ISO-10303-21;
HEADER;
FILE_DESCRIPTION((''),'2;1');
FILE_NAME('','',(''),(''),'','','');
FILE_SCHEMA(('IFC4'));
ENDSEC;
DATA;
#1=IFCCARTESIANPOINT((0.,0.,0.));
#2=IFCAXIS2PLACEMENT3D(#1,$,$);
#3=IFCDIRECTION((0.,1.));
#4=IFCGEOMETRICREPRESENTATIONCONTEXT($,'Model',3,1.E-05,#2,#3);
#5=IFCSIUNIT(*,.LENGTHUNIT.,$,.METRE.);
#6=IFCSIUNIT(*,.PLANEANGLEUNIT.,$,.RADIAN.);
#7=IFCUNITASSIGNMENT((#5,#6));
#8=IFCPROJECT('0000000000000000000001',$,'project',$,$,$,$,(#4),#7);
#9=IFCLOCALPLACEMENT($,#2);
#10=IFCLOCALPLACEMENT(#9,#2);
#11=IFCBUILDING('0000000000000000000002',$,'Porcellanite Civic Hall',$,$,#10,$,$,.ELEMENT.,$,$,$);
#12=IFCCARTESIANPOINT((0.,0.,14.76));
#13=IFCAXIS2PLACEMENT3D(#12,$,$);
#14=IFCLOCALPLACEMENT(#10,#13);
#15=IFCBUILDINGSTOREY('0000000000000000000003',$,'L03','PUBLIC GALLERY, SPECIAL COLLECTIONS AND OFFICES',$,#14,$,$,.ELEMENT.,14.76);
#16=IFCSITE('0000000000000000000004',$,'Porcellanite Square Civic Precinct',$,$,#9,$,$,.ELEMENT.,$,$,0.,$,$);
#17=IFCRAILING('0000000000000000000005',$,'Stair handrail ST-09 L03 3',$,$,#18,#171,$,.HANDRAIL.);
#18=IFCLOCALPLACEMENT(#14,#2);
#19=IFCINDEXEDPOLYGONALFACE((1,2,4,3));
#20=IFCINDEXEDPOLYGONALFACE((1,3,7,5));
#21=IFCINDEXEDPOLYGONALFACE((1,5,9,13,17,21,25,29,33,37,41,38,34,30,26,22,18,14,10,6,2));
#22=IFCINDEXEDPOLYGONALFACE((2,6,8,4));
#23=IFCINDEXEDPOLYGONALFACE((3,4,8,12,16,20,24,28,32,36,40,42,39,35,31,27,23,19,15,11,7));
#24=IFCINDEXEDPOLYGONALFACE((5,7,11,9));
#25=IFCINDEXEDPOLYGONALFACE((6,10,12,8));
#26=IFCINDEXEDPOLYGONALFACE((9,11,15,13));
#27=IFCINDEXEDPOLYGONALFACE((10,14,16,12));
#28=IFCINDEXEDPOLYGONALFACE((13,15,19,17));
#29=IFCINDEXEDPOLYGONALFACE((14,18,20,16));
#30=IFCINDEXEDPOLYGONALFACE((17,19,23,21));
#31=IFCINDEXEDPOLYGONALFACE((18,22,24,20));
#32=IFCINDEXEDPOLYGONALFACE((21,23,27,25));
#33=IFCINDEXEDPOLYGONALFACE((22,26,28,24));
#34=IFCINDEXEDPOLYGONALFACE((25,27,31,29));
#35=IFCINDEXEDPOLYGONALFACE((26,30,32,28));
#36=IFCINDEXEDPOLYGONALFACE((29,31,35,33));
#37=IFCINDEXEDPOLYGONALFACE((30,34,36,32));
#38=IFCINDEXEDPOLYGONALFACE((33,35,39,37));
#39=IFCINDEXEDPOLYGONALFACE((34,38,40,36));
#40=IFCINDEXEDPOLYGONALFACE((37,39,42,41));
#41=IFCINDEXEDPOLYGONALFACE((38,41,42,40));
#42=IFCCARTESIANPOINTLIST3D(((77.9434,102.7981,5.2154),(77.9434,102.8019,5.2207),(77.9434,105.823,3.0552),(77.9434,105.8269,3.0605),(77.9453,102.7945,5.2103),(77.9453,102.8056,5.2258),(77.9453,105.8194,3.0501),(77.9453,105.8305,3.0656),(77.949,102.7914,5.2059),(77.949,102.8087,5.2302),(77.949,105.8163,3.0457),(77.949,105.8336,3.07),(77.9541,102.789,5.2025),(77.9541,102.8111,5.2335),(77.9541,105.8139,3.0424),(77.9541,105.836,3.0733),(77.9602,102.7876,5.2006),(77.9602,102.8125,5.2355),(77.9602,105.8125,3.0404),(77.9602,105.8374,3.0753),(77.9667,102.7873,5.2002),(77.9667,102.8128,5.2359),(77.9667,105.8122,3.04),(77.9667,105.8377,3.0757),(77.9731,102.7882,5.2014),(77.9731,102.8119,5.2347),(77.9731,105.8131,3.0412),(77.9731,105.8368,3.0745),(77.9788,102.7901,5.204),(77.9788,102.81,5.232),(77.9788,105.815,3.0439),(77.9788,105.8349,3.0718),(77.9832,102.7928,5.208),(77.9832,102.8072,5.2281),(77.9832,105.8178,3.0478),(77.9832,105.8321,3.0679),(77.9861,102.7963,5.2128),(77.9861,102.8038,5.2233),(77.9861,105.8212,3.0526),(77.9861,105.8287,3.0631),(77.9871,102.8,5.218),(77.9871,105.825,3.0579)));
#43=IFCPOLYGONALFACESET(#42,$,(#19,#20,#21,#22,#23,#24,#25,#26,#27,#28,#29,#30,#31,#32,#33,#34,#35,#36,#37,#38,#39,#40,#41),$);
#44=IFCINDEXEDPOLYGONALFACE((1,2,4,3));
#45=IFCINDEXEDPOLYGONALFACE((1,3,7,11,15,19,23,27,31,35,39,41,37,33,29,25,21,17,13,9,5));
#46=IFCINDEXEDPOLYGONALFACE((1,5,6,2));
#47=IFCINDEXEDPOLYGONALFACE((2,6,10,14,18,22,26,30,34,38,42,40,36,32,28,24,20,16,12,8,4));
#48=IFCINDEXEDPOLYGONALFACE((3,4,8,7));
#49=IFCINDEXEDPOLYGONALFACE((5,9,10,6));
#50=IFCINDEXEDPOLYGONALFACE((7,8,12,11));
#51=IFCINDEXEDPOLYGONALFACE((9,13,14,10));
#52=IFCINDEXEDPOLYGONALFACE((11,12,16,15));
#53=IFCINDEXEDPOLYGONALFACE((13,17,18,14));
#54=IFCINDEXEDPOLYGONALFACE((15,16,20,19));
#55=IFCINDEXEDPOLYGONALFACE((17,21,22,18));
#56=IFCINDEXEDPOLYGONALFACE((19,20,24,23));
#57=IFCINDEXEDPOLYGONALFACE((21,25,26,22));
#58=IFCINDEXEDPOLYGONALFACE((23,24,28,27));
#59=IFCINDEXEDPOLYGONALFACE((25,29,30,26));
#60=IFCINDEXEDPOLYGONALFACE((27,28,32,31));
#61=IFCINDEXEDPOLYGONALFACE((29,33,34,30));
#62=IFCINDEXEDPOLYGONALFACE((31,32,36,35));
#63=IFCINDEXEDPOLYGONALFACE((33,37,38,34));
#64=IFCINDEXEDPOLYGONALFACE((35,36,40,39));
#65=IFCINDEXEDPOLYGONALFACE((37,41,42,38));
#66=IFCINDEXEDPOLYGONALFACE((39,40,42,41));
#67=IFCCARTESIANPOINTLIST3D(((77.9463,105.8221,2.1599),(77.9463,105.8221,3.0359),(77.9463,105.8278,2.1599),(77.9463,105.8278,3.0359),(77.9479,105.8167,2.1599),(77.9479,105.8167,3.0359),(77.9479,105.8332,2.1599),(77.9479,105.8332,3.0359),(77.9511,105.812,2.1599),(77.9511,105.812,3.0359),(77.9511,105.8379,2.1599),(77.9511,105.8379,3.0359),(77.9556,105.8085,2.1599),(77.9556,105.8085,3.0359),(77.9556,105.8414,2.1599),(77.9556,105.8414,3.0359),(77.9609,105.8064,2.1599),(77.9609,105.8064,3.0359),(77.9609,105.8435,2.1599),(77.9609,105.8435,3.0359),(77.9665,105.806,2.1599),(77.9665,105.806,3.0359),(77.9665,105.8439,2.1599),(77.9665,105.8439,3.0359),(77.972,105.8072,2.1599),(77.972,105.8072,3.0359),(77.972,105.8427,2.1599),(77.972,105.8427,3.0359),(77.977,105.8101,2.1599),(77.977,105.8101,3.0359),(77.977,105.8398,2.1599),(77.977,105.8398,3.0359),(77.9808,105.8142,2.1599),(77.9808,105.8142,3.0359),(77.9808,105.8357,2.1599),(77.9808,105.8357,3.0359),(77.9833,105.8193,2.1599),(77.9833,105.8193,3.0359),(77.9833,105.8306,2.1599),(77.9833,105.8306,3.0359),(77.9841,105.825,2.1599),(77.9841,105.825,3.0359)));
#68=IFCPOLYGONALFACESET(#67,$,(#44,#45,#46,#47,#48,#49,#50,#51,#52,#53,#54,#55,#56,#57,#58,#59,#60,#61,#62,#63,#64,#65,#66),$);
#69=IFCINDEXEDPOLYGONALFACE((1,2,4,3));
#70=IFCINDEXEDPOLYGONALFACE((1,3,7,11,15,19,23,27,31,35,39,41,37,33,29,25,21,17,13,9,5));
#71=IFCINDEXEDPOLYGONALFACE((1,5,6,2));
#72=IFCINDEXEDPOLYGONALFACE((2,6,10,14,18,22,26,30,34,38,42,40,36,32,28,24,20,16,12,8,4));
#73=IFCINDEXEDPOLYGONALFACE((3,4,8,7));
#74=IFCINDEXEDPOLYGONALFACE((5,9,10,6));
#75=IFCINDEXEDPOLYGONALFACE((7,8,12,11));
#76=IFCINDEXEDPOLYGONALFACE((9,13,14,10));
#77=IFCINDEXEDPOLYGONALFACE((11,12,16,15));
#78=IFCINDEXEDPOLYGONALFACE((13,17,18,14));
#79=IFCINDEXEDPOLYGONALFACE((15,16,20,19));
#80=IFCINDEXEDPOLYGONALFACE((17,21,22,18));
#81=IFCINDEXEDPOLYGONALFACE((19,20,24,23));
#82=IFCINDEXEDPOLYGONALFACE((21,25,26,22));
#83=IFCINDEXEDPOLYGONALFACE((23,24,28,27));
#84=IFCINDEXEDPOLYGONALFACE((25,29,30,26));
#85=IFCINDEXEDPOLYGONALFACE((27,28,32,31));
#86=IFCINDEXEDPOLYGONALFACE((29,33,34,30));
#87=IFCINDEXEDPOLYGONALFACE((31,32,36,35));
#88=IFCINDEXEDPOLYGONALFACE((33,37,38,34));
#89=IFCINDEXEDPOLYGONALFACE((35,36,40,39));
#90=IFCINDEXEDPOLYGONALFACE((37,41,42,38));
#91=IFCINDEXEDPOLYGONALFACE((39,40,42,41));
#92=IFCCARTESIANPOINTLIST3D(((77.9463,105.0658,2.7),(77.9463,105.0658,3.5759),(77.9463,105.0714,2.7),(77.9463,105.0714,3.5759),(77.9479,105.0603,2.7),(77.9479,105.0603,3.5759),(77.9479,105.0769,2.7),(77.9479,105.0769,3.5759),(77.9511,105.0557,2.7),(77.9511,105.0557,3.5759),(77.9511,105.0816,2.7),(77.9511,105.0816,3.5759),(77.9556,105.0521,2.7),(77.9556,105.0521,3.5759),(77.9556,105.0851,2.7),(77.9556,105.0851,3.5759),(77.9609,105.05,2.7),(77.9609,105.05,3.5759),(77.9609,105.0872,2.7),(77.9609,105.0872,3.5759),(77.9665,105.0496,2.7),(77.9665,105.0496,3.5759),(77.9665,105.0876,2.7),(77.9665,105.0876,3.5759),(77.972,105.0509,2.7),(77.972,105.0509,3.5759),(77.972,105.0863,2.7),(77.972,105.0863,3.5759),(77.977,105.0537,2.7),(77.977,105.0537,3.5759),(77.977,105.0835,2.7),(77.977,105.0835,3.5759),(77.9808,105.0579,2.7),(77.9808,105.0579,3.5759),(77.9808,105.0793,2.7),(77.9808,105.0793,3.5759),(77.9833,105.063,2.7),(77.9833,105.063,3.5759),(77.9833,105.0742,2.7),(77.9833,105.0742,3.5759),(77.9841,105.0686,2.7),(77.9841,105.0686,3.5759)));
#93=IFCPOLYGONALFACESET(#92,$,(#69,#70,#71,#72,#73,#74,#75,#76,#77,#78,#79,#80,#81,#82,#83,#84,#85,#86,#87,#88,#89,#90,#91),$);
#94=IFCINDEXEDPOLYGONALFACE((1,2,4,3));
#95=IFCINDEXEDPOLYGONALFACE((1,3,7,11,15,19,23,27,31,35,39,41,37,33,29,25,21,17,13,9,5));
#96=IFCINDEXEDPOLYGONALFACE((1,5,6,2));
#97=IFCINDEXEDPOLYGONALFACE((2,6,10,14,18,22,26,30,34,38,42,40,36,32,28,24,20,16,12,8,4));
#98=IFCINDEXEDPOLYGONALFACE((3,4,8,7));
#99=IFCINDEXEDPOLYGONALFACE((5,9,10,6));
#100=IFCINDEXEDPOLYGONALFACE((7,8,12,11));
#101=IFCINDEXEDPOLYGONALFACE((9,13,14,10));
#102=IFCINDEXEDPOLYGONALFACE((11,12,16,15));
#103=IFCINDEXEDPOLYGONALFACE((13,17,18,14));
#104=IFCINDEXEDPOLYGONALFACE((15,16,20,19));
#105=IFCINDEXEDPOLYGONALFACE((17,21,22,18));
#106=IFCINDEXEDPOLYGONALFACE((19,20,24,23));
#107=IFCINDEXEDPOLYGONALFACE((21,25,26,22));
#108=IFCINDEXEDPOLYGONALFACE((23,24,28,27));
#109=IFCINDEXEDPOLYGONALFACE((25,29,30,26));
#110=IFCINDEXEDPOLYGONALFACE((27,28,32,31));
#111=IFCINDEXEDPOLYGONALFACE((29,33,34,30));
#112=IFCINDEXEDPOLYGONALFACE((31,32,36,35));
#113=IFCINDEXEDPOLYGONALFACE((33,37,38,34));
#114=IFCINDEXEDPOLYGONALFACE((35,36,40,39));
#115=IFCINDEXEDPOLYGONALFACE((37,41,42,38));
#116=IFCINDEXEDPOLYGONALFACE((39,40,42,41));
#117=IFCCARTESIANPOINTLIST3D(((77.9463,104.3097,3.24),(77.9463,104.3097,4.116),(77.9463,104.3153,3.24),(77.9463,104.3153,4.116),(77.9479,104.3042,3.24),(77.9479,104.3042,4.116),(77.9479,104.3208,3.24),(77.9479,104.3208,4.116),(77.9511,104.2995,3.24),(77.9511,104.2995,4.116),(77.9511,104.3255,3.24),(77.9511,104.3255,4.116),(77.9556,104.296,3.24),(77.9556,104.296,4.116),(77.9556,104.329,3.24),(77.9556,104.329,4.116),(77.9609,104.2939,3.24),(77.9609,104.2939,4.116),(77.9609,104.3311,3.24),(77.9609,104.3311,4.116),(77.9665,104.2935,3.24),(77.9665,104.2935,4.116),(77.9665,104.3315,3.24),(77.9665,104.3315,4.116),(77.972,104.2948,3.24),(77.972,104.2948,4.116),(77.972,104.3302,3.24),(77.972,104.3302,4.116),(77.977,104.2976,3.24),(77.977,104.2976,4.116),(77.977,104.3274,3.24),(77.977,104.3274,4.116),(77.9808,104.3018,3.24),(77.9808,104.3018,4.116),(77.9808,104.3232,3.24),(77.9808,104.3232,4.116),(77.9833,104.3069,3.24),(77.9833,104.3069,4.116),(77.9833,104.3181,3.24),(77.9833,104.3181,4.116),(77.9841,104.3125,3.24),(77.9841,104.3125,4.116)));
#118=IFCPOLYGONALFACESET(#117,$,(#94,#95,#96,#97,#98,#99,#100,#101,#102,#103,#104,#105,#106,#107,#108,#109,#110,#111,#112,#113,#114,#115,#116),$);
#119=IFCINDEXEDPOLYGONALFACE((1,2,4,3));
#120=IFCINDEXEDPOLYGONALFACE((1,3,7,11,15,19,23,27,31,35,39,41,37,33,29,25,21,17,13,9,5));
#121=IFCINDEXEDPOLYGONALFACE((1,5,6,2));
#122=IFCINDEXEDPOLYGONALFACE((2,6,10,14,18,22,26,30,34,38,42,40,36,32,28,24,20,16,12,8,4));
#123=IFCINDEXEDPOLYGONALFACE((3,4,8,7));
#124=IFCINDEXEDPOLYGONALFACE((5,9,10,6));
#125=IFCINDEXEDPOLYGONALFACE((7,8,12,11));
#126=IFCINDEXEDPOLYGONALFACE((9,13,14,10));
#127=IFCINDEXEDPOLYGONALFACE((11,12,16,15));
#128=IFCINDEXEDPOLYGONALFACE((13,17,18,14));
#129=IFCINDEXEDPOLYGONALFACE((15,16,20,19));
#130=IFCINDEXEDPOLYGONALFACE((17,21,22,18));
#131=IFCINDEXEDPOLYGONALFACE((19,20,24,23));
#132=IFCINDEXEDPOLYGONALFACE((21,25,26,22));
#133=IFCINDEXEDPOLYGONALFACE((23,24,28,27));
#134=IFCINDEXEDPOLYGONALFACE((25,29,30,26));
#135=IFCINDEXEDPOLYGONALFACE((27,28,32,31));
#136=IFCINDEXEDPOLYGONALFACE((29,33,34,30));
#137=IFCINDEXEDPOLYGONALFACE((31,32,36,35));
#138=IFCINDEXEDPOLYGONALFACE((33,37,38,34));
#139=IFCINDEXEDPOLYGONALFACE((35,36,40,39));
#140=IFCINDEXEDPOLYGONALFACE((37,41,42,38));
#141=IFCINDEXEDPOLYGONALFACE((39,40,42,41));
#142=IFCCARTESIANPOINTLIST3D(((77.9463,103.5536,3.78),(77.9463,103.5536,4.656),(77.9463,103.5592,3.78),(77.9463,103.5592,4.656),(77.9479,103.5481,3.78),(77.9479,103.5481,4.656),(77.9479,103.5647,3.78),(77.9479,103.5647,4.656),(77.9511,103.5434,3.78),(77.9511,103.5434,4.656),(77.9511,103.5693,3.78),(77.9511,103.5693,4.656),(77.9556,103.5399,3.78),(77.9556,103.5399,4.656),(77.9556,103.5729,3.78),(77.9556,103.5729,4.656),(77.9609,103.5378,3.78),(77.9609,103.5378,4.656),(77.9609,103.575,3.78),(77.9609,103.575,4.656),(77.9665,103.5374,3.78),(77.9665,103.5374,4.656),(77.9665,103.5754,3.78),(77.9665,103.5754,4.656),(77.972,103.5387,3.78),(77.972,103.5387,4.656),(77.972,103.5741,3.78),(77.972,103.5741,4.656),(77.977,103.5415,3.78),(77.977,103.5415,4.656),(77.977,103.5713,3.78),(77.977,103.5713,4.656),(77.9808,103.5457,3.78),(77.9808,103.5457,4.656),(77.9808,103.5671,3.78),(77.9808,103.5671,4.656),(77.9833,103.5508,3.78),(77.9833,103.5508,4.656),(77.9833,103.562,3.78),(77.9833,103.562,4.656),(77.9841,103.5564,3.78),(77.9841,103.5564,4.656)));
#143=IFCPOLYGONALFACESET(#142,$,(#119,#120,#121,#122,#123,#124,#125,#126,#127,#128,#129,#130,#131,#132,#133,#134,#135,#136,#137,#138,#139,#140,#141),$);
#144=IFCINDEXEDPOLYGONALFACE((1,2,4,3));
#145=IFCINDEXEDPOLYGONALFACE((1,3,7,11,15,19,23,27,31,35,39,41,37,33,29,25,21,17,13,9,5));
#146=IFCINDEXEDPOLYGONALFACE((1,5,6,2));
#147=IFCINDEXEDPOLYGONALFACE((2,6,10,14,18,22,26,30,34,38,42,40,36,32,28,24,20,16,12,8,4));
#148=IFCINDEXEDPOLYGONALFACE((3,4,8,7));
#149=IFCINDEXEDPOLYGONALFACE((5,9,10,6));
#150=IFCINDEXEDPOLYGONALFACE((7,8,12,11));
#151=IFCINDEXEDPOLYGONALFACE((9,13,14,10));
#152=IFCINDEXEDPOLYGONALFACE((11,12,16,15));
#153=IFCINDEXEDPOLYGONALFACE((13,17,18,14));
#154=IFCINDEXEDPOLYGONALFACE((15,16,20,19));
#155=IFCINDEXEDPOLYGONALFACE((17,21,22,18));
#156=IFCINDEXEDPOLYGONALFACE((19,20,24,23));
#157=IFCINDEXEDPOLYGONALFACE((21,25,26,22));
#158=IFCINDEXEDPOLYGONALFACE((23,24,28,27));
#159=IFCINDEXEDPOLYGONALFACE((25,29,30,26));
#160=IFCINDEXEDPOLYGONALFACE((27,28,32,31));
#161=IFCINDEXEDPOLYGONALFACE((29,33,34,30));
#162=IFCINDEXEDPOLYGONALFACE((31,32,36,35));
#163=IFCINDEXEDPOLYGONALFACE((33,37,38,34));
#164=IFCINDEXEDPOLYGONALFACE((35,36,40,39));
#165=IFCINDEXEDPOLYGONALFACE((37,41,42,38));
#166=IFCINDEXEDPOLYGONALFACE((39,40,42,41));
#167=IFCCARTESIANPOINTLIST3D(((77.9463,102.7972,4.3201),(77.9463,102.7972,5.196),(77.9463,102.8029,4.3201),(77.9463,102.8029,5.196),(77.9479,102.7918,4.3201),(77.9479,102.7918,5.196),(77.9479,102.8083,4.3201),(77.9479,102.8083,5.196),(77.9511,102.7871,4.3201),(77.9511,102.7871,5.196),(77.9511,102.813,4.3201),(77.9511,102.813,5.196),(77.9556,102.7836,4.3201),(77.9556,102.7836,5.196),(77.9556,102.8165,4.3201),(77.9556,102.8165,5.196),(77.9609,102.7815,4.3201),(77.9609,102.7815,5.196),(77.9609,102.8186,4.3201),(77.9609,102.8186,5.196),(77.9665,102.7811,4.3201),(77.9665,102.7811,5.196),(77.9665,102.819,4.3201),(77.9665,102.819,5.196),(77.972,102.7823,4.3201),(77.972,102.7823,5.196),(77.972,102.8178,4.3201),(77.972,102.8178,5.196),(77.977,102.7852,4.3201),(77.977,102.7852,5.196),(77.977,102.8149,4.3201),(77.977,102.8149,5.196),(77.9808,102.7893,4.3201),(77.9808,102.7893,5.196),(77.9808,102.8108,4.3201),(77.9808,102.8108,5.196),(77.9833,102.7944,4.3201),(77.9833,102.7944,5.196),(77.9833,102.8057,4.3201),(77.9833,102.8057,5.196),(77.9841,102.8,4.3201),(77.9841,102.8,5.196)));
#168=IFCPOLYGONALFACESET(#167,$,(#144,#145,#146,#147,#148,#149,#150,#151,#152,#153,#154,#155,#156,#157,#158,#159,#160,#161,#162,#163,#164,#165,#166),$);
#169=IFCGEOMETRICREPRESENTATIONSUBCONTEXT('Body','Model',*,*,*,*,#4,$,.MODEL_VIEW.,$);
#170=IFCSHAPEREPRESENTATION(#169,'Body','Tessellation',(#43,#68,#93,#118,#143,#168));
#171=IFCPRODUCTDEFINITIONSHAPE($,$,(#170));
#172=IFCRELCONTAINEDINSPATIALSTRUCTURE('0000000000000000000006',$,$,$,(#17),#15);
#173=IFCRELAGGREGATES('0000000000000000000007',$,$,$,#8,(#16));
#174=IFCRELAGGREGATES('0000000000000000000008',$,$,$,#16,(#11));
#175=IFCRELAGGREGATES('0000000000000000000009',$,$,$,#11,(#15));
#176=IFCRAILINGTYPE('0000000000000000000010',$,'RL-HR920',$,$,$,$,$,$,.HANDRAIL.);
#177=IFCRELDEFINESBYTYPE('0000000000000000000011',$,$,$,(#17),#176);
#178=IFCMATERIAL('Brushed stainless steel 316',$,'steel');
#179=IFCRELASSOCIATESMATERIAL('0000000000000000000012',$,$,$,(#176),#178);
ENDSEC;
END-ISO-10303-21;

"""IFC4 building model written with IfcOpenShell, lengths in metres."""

from ifc_helpers import new_model, si_unit, direction, frame, origin, origin_2d, place, context, subcontext, project, spatial, circle, extrude, material, type_object, element, save


model = new_model("IFC4")

# Units and contexts
model_context = context("Model", 3, precision=1e-05, world=origin(), true_north=direction((0.0, 1.0)))
body_context = subcontext(model_context, "Body", "Model", "MODEL_VIEW")
ifc_project = project(units=[si_unit("LENGTHUNIT", "METRE"), si_unit("PLANEANGLEUNIT", "RADIAN")], contexts=[model_context])

# Site, building, storey
site_placement = place(None, origin())
site = spatial("IfcSite", under=ifc_project, at=site_placement, Name="Porcellanite Square Civic Precinct", CompositionType="ELEMENT", RefElevation=0.0)
building_placement = place(site_placement, origin())
building = spatial("IfcBuilding", under=site, at=building_placement, Name="Porcellanite Civic Hall", CompositionType="ELEMENT")
storey_placement = place(building_placement, frame((0.0, 0.0, 14.76)))
storey = spatial("IfcBuildingStorey", under=building, at=storey_placement, Name="L03", Description="PUBLIC GALLERY, SPECIAL COLLECTIONS AND OFFICES", CompositionType="ELEMENT", Elevation=14.76)

# Railing
ifc_material_1 = material(Name="Brushed stainless steel 316", Category="steel")
railing_type_1 = type_object("IfcRailingType", Name="RL-HR920", PredefinedType="HANDRAIL", material=ifc_material_1)
railing_1_placement = place(storey_placement, frame((77.9651, 105.825, 2.1599)))
element("IfcRailing", 1, at=railing_1_placement, inside=storey, type_object=railing_type_1, Name="Stair handrail ST-09 L03 3", PredefinedType="HANDRAIL", context=body_context, shape_type="SweptSolid", body=[
    extrude(circle(Radius=0.022, at=origin_2d()), frame((0.0, 0.0, 0.8979), z_axis=(0.0, -0.813796, 0.581151), x_axis=(1.0, 0.0, 0.0)), (0.0, 0.0, 1.0), 3.717),
    extrude(circle(Radius=0.019, at=origin_2d()), origin(), (0.0, 0.0, 1.0), 0.876),
    extrude(circle(Radius=0.019, at=origin_2d()), frame((0.0, -0.7563, 0.54)), (0.0, 0.0, 1.0), 0.876),
    extrude(circle(Radius=0.019, at=origin_2d()), frame((0.0, -1.5125, 1.0801)), (0.0, 0.0, 1.0), 0.876),
    extrude(circle(Radius=0.019, at=origin_2d()), frame((0.0, -2.2686, 1.6201)), (0.0, 0.0, 1.0), 0.876),
    extrude(circle(Radius=0.019, at=origin_2d()), frame((0.0, -3.0249, 2.1602)), (0.0, 0.0, 1.0), 0.876),
])

save(model, "model.ifc")
